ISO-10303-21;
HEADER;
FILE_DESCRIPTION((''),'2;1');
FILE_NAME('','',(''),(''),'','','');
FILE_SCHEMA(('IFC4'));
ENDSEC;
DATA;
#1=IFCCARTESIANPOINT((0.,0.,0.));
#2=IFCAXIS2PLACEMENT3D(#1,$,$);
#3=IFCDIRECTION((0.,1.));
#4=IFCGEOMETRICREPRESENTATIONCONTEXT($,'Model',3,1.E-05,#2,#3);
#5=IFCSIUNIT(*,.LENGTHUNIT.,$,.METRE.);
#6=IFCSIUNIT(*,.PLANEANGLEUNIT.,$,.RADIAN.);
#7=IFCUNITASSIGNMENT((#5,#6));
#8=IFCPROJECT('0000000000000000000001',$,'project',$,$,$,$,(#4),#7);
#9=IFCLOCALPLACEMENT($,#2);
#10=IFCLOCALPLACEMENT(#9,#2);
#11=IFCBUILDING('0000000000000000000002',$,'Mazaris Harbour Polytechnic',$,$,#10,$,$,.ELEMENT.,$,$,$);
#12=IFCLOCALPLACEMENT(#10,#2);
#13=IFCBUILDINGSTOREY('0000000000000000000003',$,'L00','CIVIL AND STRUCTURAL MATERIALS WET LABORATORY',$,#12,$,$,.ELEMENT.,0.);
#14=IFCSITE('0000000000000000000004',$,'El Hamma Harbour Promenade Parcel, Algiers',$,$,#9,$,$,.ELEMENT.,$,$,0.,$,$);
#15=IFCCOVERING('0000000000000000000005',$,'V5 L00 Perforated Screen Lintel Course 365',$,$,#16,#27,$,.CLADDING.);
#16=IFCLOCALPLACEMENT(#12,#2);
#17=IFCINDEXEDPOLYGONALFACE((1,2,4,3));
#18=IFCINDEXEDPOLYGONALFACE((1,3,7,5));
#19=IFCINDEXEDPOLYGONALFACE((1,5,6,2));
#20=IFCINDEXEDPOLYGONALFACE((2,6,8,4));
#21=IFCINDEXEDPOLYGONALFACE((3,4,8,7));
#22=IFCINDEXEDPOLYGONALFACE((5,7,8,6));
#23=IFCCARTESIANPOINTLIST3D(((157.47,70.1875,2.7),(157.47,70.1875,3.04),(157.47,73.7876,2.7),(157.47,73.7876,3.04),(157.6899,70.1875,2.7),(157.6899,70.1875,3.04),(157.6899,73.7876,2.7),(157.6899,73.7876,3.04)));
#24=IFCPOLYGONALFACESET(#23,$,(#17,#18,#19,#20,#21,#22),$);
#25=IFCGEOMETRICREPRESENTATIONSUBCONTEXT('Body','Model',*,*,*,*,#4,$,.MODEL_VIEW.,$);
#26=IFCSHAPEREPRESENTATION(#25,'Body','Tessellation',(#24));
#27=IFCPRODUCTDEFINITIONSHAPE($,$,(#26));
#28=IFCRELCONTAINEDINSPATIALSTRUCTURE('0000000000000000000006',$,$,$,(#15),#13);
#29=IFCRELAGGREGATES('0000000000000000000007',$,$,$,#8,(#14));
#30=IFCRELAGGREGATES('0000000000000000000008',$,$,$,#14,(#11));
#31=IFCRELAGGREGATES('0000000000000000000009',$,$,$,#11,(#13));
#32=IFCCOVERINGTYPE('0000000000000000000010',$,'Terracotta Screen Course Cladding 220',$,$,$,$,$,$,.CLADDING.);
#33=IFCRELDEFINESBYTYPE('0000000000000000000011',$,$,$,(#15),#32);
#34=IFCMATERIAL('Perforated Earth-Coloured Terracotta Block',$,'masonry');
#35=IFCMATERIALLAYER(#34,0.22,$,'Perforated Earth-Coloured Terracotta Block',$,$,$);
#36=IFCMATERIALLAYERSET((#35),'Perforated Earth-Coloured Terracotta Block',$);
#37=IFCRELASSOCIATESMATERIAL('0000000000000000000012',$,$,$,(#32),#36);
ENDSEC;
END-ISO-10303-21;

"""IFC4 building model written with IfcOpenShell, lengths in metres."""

from ifc_helpers import new_model, si_unit, direction, frame, origin, place, context, subcontext, project, spatial, polyline, outline, extrude, material, layer, layer_set, type_object, element, save


model = new_model("IFC4")

# Units and contexts
model_context = context("Model", 3, precision=1e-05, world=origin(), true_north=direction((0.0, 1.0)))
body_context = subcontext(model_context, "Body", "Model", "MODEL_VIEW")
ifc_project = project(units=[si_unit("LENGTHUNIT", "METRE"), si_unit("PLANEANGLEUNIT", "RADIAN")], contexts=[model_context])

# Site, building, storey
site_placement = place(None, origin())
site = spatial("IfcSite", under=ifc_project, at=site_placement, Name="El Hamma Harbour Promenade Parcel, Algiers", CompositionType="ELEMENT", RefElevation=0.0)
building_placement = place(site_placement, origin())
building = spatial("IfcBuilding", under=site, at=building_placement, Name="Mazaris Harbour Polytechnic", CompositionType="ELEMENT")
storey_placement = place(building_placement, origin())
storey = spatial("IfcBuildingStorey", under=building, at=storey_placement, Name="L00", Description="CIVIL AND STRUCTURAL MATERIALS WET LABORATORY", CompositionType="ELEMENT", Elevation=0.0)

# Covering
ifc_material_1 = material(Name="Perforated Earth-Coloured Terracotta Block", Category="masonry")
ifc_layer_1 = layer(ifc_material_1, 0.22, Name="Perforated Earth-Coloured Terracotta Block")
ifc_layer_set_1 = layer_set([ifc_layer_1], Name="Perforated Earth-Coloured Terracotta Block")
covering_type_1 = type_object("IfcCoveringType", Name="Terracotta Screen Course Cladding 220", PredefinedType="CLADDING", material=ifc_layer_set_1)
covering_1_placement = place(storey_placement, frame((0.0, 0.0, 2.7)))
element("IfcCovering", 1, at=covering_1_placement, inside=storey, type_object=covering_type_1, Name="V5 L00 Perforated Screen Lintel Course 365", PredefinedType="CLADDING", context=body_context, shape_type="SweptSolid", body=[
    extrude(outline(polyline([(157.6899, 73.7876), (157.6899, 70.1875), (157.47, 70.1875), (157.47, 73.7876), (157.6899, 73.7876)])), origin(), (0.0, 0.0, 1.0), 0.3401),
])

save(model, "model.ifc")
